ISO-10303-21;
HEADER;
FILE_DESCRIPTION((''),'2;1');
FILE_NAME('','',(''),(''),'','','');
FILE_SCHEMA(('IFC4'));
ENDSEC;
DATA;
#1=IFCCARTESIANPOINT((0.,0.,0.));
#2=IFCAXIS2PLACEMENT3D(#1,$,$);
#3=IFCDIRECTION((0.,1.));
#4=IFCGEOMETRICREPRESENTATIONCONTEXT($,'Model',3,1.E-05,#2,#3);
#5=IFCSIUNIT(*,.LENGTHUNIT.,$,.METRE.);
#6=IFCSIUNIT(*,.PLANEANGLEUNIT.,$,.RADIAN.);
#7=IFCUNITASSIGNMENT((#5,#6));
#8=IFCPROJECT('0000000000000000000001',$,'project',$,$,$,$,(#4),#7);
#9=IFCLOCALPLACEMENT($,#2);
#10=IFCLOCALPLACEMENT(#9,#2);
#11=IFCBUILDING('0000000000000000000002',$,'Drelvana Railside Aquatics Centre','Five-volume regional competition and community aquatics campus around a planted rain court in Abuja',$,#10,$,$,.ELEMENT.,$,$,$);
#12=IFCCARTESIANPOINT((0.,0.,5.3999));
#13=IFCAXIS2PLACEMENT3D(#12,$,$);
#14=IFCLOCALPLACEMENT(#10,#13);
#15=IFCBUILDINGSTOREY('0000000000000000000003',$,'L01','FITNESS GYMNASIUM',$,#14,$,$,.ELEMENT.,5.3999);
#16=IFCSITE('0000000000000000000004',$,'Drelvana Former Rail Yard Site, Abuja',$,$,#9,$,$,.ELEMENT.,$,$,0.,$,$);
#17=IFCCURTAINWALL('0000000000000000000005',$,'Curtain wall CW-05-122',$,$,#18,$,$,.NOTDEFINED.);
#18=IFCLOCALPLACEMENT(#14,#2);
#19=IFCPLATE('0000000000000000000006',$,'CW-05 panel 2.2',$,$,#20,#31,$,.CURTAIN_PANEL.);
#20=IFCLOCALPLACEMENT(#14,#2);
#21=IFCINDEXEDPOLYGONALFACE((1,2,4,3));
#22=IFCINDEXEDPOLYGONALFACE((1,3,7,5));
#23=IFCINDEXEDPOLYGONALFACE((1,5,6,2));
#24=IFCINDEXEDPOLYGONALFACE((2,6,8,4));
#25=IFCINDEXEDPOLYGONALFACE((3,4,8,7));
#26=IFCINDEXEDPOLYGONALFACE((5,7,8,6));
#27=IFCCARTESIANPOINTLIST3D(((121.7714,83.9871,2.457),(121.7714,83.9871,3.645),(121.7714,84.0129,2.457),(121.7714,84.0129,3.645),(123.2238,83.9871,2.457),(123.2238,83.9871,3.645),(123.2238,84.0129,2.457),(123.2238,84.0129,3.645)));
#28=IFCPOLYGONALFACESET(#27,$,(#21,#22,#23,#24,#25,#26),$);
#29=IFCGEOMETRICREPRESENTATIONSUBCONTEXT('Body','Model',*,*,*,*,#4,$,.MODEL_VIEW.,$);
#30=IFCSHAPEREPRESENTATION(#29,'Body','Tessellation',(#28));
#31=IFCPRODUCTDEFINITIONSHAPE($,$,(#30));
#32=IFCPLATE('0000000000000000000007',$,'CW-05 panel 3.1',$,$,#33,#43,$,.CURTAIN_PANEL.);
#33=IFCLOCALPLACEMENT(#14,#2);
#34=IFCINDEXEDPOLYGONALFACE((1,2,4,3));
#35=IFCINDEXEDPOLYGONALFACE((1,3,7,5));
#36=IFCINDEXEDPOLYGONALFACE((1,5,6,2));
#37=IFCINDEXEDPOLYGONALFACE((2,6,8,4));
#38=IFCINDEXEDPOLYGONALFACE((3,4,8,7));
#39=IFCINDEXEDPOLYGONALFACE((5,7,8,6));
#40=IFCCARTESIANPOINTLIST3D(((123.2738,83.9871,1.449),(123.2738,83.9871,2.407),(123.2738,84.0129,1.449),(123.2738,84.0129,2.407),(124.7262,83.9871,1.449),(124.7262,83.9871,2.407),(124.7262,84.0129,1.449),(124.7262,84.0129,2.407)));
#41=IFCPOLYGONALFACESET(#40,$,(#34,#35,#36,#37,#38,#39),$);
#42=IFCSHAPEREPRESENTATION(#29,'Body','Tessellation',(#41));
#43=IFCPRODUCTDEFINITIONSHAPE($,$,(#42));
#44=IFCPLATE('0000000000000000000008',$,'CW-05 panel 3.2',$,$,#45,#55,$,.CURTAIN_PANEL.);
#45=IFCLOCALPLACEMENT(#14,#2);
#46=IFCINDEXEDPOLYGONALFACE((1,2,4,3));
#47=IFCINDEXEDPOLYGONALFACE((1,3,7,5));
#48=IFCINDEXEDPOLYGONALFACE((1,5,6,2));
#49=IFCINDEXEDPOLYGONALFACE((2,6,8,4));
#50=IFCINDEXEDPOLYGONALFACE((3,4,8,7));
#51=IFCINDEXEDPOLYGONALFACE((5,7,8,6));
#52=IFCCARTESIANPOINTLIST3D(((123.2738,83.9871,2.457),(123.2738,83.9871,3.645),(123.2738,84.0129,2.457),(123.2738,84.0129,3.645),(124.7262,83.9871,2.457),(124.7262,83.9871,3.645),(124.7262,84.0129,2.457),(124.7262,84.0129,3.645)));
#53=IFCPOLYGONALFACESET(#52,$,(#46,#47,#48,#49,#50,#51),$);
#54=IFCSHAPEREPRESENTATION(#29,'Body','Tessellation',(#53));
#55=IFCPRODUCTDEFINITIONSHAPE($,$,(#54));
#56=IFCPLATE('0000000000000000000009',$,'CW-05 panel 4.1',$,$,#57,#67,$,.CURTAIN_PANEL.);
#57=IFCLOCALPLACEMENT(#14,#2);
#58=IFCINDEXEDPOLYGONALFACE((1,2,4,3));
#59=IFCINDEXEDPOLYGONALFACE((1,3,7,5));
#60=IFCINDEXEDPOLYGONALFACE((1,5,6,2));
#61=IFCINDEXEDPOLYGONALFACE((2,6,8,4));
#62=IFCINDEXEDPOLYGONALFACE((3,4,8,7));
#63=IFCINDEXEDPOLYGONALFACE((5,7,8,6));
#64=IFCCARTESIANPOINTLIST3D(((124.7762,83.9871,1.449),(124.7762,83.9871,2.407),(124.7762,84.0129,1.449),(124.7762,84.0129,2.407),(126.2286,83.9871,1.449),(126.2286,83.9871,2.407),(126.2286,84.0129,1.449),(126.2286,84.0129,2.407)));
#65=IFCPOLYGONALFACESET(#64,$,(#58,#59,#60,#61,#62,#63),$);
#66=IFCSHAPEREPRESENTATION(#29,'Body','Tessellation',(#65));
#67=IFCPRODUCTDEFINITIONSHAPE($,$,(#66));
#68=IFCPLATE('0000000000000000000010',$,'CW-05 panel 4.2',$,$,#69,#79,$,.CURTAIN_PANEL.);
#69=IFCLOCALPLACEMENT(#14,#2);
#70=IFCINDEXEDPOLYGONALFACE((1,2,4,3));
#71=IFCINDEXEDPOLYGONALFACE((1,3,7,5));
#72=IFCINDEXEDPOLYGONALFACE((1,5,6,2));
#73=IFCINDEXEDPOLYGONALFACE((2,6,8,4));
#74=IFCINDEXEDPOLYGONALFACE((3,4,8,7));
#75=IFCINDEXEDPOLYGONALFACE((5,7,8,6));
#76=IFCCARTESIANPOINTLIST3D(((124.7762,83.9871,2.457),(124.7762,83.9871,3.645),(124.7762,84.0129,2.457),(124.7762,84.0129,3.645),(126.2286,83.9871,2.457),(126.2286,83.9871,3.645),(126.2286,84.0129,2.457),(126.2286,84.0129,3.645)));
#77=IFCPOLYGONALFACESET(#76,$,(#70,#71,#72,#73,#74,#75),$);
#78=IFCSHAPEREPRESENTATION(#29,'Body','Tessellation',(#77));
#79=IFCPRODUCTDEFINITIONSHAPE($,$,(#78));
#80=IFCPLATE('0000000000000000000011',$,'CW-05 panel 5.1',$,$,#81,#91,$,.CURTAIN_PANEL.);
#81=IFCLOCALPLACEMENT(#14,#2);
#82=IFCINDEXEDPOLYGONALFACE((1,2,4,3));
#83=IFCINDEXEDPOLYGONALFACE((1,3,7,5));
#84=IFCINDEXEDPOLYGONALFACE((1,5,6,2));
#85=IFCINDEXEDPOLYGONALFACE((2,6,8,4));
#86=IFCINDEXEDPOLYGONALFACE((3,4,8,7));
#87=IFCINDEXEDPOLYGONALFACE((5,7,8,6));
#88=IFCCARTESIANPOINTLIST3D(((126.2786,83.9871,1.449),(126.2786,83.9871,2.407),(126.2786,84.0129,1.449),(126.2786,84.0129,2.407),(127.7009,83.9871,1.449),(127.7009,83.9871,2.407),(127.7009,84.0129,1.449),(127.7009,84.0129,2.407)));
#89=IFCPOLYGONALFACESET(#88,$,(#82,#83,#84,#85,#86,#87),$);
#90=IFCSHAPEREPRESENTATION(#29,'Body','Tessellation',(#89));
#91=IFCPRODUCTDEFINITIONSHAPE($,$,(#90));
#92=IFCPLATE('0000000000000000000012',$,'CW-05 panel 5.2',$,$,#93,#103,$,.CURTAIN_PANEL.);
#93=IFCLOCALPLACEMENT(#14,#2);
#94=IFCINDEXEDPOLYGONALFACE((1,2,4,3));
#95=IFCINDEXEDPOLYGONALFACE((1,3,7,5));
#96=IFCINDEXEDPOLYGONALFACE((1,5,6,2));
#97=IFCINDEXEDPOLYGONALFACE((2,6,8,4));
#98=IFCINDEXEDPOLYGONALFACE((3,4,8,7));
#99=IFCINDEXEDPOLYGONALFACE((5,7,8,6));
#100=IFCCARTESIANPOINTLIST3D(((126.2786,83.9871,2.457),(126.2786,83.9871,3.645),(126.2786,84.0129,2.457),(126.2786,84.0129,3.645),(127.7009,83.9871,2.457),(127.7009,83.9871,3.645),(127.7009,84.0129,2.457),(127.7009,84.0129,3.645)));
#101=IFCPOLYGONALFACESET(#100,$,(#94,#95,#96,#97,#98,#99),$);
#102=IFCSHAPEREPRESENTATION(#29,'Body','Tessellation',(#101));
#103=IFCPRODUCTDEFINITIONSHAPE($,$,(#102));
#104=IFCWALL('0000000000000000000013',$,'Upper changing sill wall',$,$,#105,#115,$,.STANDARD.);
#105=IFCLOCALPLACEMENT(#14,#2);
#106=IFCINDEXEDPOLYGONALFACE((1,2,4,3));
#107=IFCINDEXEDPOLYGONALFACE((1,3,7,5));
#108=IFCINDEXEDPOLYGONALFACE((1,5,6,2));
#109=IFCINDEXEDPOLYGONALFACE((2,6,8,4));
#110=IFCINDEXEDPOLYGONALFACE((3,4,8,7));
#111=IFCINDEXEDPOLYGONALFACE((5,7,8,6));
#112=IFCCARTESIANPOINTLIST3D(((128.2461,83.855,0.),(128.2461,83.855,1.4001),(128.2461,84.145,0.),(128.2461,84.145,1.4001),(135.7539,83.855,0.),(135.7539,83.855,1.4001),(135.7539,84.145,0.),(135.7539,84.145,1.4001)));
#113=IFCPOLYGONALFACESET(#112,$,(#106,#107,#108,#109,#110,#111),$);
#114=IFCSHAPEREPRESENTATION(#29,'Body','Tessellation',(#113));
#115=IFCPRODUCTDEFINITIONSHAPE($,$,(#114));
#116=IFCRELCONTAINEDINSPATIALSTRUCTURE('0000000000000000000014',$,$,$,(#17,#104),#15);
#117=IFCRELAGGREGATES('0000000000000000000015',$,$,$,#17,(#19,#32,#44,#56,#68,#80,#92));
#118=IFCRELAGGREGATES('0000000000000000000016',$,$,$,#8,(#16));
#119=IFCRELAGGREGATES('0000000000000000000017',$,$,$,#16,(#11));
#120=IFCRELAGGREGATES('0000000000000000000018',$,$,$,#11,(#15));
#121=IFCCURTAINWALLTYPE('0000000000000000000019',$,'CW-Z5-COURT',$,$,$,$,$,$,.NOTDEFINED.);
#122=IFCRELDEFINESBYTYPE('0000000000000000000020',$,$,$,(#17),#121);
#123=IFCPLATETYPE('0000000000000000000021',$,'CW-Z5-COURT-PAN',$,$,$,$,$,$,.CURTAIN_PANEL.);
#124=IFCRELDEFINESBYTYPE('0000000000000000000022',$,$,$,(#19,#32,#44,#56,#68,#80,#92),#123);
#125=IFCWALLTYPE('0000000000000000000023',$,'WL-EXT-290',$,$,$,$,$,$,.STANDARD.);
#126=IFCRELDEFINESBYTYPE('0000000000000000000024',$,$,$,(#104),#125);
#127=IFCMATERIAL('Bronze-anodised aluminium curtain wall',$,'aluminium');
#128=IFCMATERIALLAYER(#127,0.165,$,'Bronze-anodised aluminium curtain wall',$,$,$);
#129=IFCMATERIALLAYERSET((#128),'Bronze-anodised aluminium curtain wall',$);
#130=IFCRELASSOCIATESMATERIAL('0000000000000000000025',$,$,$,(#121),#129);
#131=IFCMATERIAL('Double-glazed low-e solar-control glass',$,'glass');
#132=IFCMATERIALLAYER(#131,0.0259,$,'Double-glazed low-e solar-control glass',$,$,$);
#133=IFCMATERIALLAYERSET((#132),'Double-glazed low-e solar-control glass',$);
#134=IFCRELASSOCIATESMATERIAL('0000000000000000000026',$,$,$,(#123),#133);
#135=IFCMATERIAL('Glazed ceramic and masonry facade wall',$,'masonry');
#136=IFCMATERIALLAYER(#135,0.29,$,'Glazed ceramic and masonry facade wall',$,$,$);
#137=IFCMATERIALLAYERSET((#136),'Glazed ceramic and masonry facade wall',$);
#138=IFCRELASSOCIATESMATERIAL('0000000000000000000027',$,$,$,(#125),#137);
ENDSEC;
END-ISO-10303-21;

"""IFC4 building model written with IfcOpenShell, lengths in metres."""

from ifc_helpers import new_model, si_unit, direction, frame, frame_2d, origin, origin_2d, place, context, subcontext, project, spatial, rectangle, extrude, material, layer, layer_set, type_object, element, aggregate, save


model = new_model("IFC4")

# Units and contexts
model_context = context("Model", 3, precision=1e-05, world=origin(), true_north=direction((0.0, 1.0)))
body_context = subcontext(model_context, "Body", "Model", "MODEL_VIEW")
ifc_project = project(units=[si_unit("LENGTHUNIT", "METRE"), si_unit("PLANEANGLEUNIT", "RADIAN")], contexts=[model_context])

# Site, building, storey
site_placement = place(None, origin())
site = spatial("IfcSite", under=ifc_project, at=site_placement, Name="Drelvana Former Rail Yard Site, Abuja", CompositionType="ELEMENT", RefElevation=0.0)
building_placement = place(site_placement, origin())
building = spatial("IfcBuilding", under=site, at=building_placement, Name="Drelvana Railside Aquatics Centre", Description="Five-volume regional competition and community aquatics campus around a planted rain court in Abuja", CompositionType="ELEMENT")
storey_placement = place(building_placement, frame((0.0, 0.0, 5.3999)))
storey = spatial("IfcBuildingStorey", under=building, at=storey_placement, Name="L01", Description="FITNESS GYMNASIUM", CompositionType="ELEMENT", Elevation=5.3999)

# Curtain wall
ifc_material_1 = material(Name="Bronze-anodised aluminium curtain wall", Category="aluminium")
ifc_layer_1 = layer(ifc_material_1, 0.165, Name="Bronze-anodised aluminium curtain wall")
ifc_layer_set_1 = layer_set([ifc_layer_1], Name="Bronze-anodised aluminium curtain wall")
curtain_wall_type = type_object("IfcCurtainWallType", Name="CW-Z5-COURT", PredefinedType="NOTDEFINED", material=ifc_layer_set_1)
curtain_wall_1_placement = place(storey_placement, origin())
curtain_wall_1 = element("IfcCurtainWall", 1, at=curtain_wall_1_placement, inside=storey, type_object=curtain_wall_type, Name="Curtain wall CW-05-122", PredefinedType="NOTDEFINED")

# Plates
ifc_material_2 = material(Name="Double-glazed low-e solar-control glass", Category="glass")
ifc_layer_2 = layer(ifc_material_2, 0.0259, Name="Double-glazed low-e solar-control glass")
ifc_layer_set_2 = layer_set([ifc_layer_2], Name="Double-glazed low-e solar-control glass")
plate_type = type_object("IfcPlateType", Name="CW-Z5-COURT-PAN", PredefinedType="CURTAIN_PANEL", material=ifc_layer_set_2)
plate_1_placement = place(storey_placement, frame((122.4976, 84.0, 2.457), z_axis=(0.0, 0.0, 1.0), x_axis=(1.0, 0.0, 0.0)))
plate_1 = element("IfcPlate", 2, at=plate_1_placement, type_object=plate_type, Name="CW-05 panel 2.2", PredefinedType="CURTAIN_PANEL", context=body_context, shape_type="SweptSolid", body=[
    extrude(rectangle(XDim=1.4524, YDim=0.0259, at=origin_2d()), origin(), (0.0, 0.0, 1.0), 1.188),
])
plate_2_placement = place(storey_placement, frame((124.0, 84.0, 1.449), z_axis=(0.0, 0.0, 1.0), x_axis=(1.0, 0.0, 0.0)))
plate_2 = element("IfcPlate", 3, at=plate_2_placement, type_object=plate_type, Name="CW-05 panel 3.1", PredefinedType="CURTAIN_PANEL", context=body_context, shape_type="SweptSolid", body=[
    extrude(rectangle(XDim=1.4524, YDim=0.0259, at=origin_2d()), origin(), (0.0, 0.0, 1.0), 0.958),
])
plate_3_placement = place(storey_placement, frame((124.0, 84.0, 2.457), z_axis=(0.0, 0.0, 1.0), x_axis=(1.0, 0.0, 0.0)))
plate_3 = element("IfcPlate", 4, at=plate_3_placement, type_object=plate_type, Name="CW-05 panel 3.2", PredefinedType="CURTAIN_PANEL", context=body_context, shape_type="SweptSolid", body=[
    extrude(rectangle(XDim=1.4524, YDim=0.0259, at=origin_2d()), origin(), (0.0, 0.0, 1.0), 1.188),
])
plate_4_placement = place(storey_placement, frame((125.5024, 84.0, 1.449), z_axis=(0.0, 0.0, 1.0), x_axis=(1.0, 0.0, 0.0)))
plate_4 = element("IfcPlate", 5, at=plate_4_placement, type_object=plate_type, Name="CW-05 panel 4.1", PredefinedType="CURTAIN_PANEL", context=body_context, shape_type="SweptSolid", body=[
    extrude(rectangle(XDim=1.4524, YDim=0.0259, at=origin_2d()), origin(), (0.0, 0.0, 1.0), 0.958),
])
plate_5_placement = place(storey_placement, frame((125.5024, 84.0, 2.457), z_axis=(0.0, 0.0, 1.0), x_axis=(1.0, 0.0, 0.0)))
plate_5 = element("IfcPlate", 6, at=plate_5_placement, type_object=plate_type, Name="CW-05 panel 4.2", PredefinedType="CURTAIN_PANEL", context=body_context, shape_type="SweptSolid", body=[
    extrude(rectangle(XDim=1.4524, YDim=0.0259, at=origin_2d()), origin(), (0.0, 0.0, 1.0), 1.188),
])
plate_6_placement = place(storey_placement, frame((126.9897, 84.0, 1.449), z_axis=(0.0, 0.0, 1.0), x_axis=(1.0, 0.0, 0.0)))
plate_6 = element("IfcPlate", 7, at=plate_6_placement, type_object=plate_type, Name="CW-05 panel 5.1", PredefinedType="CURTAIN_PANEL", context=body_context, shape_type="SweptSolid", body=[
    extrude(rectangle(XDim=1.4224, YDim=0.0259, at=origin_2d()), origin(), (0.0, 0.0, 1.0), 0.958),
])
plate_7_placement = place(storey_placement, frame((126.9897, 84.0, 2.457), z_axis=(0.0, 0.0, 1.0), x_axis=(1.0, 0.0, 0.0)))
plate_7 = element("IfcPlate", 8, at=plate_7_placement, type_object=plate_type, Name="CW-05 panel 5.2", PredefinedType="CURTAIN_PANEL", context=body_context, shape_type="SweptSolid", body=[
    extrude(rectangle(XDim=1.4224, YDim=0.0259, at=origin_2d()), origin(), (0.0, 0.0, 1.0), 1.188),
])
aggregate(curtain_wall_1, [plate_1, plate_2, plate_3, plate_4, plate_5, plate_6, plate_7])

# Wall
ifc_material_3 = material(Name="Glazed ceramic and masonry facade wall", Category="masonry")
ifc_layer_3 = layer(ifc_material_3, 0.29, Name="Glazed ceramic and masonry facade wall")
ifc_layer_set_3 = layer_set([ifc_layer_3], Name="Glazed ceramic and masonry facade wall")
wall_type = type_object("IfcWallType", Name="WL-EXT-290", PredefinedType="STANDARD", material=ifc_layer_set_3)
wall_placement = place(storey_placement, frame((128.2461, 84.0, 0.0), z_axis=(0.0, 0.0, 1.0), x_axis=(1.0, 0.0, 0.0)))
element("IfcWall", 9, at=wall_placement, inside=storey, type_object=wall_type, Name="Upper changing sill wall", PredefinedType="STANDARD", context=body_context, shape_type="SweptSolid", body=[
    extrude(rectangle(XDim=7.5078, YDim=0.29, at=frame_2d((3.7539, 0.0))), origin(), (0.0, 0.0, 1.0), 1.4001),
])

save(model, "model.ifc")
